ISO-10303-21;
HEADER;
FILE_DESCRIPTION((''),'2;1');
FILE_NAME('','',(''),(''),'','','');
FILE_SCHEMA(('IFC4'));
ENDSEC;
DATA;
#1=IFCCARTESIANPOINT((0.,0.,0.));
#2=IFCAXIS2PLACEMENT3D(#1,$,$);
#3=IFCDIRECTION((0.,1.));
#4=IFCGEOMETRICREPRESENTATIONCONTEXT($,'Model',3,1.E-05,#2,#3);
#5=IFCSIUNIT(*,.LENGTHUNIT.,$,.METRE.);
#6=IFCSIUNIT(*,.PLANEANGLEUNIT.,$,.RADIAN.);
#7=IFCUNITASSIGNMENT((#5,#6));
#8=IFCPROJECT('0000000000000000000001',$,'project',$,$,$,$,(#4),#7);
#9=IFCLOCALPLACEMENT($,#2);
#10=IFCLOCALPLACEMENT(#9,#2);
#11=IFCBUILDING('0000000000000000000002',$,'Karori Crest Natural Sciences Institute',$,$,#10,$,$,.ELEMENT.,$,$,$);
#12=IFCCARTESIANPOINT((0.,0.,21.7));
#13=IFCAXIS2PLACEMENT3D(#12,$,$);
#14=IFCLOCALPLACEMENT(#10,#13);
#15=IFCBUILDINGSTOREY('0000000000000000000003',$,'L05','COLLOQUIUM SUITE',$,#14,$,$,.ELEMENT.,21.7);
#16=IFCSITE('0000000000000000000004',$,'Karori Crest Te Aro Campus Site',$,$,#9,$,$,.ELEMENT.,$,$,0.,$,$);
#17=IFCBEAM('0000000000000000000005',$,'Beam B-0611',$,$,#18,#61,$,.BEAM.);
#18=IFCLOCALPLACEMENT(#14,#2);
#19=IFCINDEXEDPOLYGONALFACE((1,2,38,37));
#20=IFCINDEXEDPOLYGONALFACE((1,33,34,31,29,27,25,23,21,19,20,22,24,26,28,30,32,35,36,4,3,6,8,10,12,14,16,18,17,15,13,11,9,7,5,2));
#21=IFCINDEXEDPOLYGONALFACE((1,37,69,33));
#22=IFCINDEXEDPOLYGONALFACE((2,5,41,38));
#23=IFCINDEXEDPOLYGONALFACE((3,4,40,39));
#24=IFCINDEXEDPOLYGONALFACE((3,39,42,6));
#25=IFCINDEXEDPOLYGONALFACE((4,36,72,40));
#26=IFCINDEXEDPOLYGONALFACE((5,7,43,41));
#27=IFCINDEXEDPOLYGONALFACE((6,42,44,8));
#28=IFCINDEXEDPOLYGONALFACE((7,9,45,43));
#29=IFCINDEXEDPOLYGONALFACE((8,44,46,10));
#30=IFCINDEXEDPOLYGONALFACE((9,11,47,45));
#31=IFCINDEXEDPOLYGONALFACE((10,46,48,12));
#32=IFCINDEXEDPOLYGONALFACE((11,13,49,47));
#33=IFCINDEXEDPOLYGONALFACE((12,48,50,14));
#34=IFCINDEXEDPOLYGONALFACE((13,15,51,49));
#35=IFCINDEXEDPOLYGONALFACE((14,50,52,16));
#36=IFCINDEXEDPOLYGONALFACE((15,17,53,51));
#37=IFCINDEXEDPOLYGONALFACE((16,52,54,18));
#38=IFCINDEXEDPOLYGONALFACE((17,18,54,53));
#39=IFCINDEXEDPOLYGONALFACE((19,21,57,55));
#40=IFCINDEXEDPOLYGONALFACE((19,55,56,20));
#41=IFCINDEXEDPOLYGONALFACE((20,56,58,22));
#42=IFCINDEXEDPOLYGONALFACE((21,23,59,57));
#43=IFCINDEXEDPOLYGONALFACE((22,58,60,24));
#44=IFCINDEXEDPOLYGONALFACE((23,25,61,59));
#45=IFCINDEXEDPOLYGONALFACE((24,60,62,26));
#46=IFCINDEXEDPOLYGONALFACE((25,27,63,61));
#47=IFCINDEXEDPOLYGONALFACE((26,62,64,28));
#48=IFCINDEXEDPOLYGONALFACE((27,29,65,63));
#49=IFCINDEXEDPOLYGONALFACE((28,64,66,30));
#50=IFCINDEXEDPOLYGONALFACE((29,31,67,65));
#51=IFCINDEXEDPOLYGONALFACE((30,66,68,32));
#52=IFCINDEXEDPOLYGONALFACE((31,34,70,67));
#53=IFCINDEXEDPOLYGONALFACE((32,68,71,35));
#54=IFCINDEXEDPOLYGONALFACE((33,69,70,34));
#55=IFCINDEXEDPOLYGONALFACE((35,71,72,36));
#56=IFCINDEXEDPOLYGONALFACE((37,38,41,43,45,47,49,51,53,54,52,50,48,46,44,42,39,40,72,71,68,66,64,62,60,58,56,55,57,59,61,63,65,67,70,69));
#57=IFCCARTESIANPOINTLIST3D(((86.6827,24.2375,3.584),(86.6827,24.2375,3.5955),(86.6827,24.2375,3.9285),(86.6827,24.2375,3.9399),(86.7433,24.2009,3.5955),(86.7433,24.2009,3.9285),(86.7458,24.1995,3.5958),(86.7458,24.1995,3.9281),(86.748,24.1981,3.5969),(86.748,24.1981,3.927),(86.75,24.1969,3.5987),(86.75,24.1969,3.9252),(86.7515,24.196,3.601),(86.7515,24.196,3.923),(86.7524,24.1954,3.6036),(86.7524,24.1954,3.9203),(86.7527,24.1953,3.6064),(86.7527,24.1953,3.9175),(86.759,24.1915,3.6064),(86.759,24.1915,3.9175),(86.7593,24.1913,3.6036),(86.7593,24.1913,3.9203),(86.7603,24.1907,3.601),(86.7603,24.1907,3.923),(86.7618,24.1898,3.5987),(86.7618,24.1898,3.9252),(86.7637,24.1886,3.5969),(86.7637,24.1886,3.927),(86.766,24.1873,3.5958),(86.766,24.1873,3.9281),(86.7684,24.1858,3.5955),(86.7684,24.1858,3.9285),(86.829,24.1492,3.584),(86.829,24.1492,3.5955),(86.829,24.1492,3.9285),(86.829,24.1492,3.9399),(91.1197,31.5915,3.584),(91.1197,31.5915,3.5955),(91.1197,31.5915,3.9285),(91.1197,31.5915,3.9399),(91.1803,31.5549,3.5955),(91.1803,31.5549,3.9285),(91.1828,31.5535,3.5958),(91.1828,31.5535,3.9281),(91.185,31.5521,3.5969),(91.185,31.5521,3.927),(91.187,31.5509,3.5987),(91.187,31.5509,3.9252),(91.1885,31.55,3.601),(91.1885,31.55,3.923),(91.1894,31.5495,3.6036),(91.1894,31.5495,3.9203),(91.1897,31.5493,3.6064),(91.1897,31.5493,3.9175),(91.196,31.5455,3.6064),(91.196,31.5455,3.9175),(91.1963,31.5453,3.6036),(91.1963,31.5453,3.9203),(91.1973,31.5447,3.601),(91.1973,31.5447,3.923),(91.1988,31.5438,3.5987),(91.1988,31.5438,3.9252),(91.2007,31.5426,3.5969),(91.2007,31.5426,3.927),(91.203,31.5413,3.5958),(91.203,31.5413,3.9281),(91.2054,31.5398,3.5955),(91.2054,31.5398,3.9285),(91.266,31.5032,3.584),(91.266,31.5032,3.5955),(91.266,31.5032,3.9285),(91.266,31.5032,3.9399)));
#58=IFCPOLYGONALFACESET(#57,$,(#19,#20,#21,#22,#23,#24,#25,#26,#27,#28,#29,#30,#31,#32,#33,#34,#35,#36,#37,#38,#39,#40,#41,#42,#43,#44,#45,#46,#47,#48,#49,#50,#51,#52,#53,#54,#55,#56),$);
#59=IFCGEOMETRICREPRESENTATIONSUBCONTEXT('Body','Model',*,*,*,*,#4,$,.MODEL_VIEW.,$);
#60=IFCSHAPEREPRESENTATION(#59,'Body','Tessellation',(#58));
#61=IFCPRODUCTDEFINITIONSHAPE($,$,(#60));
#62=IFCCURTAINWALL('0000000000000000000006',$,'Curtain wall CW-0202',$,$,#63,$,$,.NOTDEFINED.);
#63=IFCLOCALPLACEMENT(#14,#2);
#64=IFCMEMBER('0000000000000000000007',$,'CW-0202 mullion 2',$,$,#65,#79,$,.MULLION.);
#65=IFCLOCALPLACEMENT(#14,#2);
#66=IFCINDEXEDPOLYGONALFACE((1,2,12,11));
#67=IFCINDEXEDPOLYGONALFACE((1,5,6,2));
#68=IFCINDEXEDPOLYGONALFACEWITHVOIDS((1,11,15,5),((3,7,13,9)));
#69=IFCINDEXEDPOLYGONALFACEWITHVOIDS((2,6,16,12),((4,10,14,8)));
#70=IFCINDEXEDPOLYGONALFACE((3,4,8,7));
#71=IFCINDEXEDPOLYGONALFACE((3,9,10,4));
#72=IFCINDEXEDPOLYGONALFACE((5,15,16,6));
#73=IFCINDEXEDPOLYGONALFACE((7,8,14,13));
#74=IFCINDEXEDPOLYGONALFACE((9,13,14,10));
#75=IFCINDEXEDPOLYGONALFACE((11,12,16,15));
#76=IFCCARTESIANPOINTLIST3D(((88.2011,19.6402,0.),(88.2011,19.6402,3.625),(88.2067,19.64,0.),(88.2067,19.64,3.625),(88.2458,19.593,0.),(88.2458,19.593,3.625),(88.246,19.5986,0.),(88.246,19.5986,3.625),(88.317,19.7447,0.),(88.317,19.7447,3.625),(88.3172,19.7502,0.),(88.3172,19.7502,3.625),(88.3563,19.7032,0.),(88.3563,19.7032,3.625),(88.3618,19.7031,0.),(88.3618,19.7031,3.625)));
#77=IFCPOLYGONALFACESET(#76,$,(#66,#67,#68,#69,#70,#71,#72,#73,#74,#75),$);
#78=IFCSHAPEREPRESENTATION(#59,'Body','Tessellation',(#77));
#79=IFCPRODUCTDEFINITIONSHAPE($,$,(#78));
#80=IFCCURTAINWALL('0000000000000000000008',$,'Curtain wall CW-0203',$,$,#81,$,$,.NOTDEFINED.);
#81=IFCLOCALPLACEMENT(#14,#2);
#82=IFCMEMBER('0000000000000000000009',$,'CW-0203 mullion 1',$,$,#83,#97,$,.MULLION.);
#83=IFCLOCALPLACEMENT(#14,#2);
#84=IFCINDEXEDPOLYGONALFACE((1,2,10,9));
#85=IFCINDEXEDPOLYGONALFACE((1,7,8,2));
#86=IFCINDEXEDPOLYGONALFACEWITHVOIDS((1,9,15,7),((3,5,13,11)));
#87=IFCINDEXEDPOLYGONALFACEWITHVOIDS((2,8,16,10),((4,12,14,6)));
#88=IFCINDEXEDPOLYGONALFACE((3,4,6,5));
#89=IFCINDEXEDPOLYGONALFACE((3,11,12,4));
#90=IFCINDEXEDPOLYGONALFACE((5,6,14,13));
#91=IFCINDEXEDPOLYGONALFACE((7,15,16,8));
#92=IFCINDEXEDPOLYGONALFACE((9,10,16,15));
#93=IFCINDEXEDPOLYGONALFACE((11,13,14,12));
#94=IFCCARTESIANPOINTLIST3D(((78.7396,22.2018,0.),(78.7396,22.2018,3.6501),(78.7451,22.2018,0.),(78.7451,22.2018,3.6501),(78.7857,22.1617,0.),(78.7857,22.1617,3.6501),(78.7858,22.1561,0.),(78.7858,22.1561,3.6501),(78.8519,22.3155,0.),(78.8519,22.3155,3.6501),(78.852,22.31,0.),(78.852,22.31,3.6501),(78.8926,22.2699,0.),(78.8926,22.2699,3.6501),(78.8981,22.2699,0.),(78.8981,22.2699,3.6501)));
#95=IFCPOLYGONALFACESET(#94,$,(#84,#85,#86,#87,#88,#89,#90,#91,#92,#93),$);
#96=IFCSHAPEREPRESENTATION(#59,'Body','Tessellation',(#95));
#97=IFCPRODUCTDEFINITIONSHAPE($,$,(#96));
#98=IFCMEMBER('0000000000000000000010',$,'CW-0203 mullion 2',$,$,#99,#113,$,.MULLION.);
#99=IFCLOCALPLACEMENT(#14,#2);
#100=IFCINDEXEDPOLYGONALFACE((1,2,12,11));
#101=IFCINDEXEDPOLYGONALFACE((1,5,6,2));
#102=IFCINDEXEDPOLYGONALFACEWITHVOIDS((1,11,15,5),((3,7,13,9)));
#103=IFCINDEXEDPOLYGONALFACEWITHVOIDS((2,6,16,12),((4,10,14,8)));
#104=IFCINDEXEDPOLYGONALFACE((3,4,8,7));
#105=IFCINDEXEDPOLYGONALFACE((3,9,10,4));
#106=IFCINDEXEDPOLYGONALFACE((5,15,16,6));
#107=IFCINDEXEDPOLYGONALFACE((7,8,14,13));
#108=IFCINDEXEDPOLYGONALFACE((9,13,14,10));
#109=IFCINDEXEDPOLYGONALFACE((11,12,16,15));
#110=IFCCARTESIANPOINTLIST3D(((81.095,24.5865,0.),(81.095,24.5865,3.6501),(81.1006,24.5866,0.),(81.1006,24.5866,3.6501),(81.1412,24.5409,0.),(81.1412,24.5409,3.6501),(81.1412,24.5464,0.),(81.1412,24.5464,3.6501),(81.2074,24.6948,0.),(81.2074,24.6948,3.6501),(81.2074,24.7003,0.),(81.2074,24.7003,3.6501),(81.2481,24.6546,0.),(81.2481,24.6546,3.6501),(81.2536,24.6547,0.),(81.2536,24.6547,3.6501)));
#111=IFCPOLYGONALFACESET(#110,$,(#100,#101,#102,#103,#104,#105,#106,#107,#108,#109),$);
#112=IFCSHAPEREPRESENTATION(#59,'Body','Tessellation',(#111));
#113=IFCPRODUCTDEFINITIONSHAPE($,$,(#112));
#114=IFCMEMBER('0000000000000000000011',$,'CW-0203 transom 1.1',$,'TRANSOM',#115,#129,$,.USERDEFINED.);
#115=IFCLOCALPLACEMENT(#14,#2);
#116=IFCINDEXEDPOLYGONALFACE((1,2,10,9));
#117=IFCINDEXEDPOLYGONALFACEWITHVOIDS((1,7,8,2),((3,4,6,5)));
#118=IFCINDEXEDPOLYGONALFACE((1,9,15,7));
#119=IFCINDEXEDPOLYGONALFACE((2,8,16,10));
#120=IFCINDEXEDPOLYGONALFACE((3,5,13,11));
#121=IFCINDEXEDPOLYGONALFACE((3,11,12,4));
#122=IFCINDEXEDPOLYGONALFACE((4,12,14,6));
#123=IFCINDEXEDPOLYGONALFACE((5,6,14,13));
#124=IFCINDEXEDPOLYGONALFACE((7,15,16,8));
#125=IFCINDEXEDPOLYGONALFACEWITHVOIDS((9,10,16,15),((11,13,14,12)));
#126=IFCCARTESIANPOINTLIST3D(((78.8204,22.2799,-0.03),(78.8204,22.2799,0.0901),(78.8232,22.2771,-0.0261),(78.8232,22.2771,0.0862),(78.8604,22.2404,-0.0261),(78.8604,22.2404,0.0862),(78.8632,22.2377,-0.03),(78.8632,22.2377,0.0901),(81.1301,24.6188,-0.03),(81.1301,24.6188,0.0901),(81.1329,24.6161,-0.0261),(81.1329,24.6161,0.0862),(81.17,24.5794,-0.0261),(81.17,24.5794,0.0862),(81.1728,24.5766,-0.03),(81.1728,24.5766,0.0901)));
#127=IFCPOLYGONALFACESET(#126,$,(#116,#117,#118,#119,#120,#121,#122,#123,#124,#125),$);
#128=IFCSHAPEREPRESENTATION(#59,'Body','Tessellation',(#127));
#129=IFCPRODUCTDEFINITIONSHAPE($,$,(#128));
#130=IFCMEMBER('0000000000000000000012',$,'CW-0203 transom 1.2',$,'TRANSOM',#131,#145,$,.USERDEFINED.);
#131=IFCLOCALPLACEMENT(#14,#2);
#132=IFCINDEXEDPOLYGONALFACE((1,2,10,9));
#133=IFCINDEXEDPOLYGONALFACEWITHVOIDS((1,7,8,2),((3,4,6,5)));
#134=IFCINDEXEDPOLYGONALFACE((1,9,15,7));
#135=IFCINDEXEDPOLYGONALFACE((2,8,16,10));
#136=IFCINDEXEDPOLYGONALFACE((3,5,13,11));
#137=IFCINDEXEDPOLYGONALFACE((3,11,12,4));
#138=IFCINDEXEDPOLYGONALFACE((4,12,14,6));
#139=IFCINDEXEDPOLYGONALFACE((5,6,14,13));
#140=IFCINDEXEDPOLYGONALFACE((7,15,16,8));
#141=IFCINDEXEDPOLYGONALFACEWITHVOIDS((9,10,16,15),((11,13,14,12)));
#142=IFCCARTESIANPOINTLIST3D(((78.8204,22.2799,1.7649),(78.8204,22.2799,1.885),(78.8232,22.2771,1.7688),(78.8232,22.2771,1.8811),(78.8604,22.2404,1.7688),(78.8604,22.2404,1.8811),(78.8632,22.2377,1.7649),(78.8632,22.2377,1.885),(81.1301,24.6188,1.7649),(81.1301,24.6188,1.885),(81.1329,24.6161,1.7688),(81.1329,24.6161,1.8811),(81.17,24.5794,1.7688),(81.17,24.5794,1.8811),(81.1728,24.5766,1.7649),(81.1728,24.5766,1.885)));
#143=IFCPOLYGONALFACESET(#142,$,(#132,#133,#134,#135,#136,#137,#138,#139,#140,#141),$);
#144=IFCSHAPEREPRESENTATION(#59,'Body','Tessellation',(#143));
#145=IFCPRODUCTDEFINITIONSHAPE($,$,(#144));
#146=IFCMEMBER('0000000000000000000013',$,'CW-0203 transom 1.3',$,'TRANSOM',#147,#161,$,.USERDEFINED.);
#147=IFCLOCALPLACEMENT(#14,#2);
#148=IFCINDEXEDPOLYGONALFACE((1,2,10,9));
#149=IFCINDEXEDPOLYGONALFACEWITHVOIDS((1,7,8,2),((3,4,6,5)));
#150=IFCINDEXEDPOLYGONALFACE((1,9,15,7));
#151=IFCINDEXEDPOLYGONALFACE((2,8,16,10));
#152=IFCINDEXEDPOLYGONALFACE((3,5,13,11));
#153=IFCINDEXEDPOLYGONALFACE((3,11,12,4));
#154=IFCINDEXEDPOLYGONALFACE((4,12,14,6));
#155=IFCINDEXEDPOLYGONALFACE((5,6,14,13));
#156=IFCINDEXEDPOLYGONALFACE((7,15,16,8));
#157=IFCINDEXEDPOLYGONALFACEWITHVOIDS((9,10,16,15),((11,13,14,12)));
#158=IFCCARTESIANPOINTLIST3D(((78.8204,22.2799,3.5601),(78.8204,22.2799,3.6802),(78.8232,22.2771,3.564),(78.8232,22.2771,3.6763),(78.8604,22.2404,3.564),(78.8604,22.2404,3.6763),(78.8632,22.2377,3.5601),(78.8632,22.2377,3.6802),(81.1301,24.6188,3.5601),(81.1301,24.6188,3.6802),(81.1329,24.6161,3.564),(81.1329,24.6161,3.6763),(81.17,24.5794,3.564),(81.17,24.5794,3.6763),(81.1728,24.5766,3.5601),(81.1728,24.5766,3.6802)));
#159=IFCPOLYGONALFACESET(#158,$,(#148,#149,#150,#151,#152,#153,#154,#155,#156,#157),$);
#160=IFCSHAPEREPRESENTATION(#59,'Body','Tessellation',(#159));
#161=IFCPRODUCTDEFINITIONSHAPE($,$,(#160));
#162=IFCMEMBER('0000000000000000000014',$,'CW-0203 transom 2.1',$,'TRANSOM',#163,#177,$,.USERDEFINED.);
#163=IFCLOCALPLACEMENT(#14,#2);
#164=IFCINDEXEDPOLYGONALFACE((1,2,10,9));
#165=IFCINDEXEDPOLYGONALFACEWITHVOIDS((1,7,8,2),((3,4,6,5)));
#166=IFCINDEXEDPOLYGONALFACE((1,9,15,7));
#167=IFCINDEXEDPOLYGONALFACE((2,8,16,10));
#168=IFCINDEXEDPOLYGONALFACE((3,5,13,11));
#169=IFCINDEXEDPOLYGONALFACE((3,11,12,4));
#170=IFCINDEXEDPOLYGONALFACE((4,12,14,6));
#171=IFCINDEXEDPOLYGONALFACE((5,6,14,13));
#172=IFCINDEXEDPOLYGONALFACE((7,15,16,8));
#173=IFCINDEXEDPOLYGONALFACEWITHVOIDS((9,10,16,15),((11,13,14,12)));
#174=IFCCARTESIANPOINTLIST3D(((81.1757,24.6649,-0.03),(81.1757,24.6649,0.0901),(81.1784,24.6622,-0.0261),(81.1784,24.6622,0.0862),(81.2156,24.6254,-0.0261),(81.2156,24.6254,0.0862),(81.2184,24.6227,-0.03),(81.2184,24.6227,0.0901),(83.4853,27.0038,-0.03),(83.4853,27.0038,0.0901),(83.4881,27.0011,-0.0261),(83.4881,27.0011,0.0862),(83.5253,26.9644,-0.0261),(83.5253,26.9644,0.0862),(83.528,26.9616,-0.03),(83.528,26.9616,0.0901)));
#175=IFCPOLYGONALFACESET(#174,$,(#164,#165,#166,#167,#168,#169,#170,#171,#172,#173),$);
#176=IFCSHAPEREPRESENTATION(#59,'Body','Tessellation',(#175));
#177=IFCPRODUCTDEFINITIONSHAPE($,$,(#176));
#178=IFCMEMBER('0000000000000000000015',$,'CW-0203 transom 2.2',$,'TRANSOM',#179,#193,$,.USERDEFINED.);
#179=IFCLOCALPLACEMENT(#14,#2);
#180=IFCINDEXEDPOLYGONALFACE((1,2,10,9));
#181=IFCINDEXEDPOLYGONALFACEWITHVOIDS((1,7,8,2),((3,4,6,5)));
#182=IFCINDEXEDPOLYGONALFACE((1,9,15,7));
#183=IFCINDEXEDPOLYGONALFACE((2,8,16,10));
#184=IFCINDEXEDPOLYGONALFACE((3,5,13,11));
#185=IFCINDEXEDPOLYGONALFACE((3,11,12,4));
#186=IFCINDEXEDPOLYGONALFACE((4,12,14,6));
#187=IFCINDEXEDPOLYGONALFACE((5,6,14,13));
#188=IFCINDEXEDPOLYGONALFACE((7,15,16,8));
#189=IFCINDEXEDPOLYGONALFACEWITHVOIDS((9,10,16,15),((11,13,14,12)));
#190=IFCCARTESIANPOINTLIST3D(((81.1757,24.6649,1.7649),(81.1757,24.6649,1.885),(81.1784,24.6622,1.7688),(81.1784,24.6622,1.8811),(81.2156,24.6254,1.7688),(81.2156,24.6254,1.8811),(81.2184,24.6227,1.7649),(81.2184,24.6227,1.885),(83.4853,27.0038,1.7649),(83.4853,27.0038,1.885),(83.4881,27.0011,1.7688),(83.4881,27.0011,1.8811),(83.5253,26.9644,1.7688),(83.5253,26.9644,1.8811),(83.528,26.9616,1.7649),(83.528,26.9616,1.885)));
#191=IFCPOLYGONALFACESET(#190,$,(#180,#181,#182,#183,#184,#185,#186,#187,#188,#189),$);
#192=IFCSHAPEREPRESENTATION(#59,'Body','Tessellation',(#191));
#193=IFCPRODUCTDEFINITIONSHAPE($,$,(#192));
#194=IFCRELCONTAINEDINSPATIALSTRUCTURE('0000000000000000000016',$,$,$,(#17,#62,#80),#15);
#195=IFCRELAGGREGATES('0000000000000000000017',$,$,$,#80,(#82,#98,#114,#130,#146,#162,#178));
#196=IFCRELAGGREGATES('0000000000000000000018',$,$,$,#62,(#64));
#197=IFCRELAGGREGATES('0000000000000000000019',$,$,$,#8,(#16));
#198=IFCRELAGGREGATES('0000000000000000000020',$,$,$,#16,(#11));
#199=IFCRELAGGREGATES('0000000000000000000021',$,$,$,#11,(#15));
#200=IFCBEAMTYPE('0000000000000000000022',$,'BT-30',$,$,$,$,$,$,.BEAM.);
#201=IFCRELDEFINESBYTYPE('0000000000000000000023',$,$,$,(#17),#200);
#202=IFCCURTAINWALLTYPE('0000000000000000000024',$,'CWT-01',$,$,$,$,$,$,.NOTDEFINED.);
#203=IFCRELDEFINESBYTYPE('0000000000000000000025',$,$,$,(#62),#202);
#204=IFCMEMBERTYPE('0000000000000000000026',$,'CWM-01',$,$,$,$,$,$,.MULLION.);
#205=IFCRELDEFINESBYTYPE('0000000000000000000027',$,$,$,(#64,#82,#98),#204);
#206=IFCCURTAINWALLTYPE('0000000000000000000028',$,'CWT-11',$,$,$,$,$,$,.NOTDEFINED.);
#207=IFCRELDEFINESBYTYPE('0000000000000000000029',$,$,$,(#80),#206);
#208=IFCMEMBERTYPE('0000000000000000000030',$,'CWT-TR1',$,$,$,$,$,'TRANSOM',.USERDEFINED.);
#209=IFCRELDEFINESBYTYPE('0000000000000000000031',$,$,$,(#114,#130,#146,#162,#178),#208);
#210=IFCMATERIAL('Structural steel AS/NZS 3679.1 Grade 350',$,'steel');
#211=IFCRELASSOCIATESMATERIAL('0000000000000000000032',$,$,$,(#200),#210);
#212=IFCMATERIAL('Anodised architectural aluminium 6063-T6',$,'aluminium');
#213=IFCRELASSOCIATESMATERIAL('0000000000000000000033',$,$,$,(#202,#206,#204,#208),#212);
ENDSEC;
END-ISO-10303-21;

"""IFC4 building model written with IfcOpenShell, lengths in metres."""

from ifc_helpers import new_model, si_unit, direction, frame, origin, origin_2d, place, context, subcontext, project, spatial, hollow_rectangle, i_section, extrude, material, material_profile, profile_set, type_object, element, aggregate, save


model = new_model("IFC4")

# Units and contexts
model_context = context("Model", 3, precision=1e-05, world=origin(), true_north=direction((0.0, 1.0)))
body_context = subcontext(model_context, "Body", "Model", "MODEL_VIEW")
ifc_project = project(units=[si_unit("LENGTHUNIT", "METRE"), si_unit("PLANEANGLEUNIT", "RADIAN")], contexts=[model_context])

# Site, building, storey
site_placement = place(None, origin())
site = spatial("IfcSite", under=ifc_project, at=site_placement, Name="Karori Crest Te Aro Campus Site", CompositionType="ELEMENT", RefElevation=0.0)
building_placement = place(site_placement, origin())
building = spatial("IfcBuilding", under=site, at=building_placement, Name="Karori Crest Natural Sciences Institute", CompositionType="ELEMENT")
storey_placement = place(building_placement, frame((0.0, 0.0, 21.7)))
storey = spatial("IfcBuildingStorey", under=building, at=storey_placement, Name="L05", Description="COLLOQUIUM SUITE", CompositionType="ELEMENT", Elevation=21.7)

# Beam
ifc_material_1 = material(Name="Structural steel AS/NZS 3679.1 Grade 350", Category="steel")
ifc_material_profile_1 = material_profile(ifc_material_1, i_section(OverallWidth=0.1709, OverallDepth=0.356, WebThickness=0.0073, FlangeThickness=0.0115, FilletRadius=0.011, at=origin_2d()), Name="360UB50.7")
ifc_profile_set_1 = profile_set([ifc_material_profile_1], Name="Structural steel AS/NZS 3679.1 Grade 350")
beam_type_1 = type_object("IfcBeamType", Name="BT-30", PredefinedType="BEAM", material=ifc_profile_set_1)
beam_1_placement = place(storey_placement, frame((86.7559, 24.1934, 3.762), z_axis=(0.516601, 0.856226, 0.0), x_axis=(-0.856226, 0.516601, 0.0)))
element("IfcBeam", 1, at=beam_1_placement, inside=storey, type_object=beam_type_1, Name="Beam B-0611", PredefinedType="BEAM", context=body_context, shape_type="SweptSolid", body=[
    extrude(i_section(OverallWidth=0.1709, OverallDepth=0.356, WebThickness=0.0073, FlangeThickness=0.0115, FilletRadius=0.011, at=origin_2d()), origin(), (0.0, 0.0, 1.0), 8.5889),
])

# Curtain wall, member
ifc_material_2 = material(Name="Anodised architectural aluminium 6063-T6", Category="aluminium")
curtain_wall_type_1 = type_object("IfcCurtainWallType", Name="CWT-01", PredefinedType="NOTDEFINED", material=ifc_material_2)
curtain_wall_1_placement = place(storey_placement, origin())
curtain_wall_1 = element("IfcCurtainWall", 2, at=curtain_wall_1_placement, inside=storey, type_object=curtain_wall_type_1, Name="Curtain wall CW-0202", PredefinedType="NOTDEFINED")
ifc_material_profile_2 = material_profile(ifc_material_2, hollow_rectangle(XDim=0.0649, YDim=0.1599, WallThickness=0.0039, at=origin_2d()), Name="CWM160x65x4")
ifc_profile_set_2 = profile_set([ifc_material_profile_2], Name="Anodised architectural aluminium 6063-T6")
member_type_1 = type_object("IfcMemberType", Name="CWM-01", PredefinedType="MULLION", material=ifc_profile_set_2)
member_1_placement = place(storey_placement, frame((88.2815, 19.6716, 0.0), z_axis=(0.0, 0.0, 1.0), x_axis=(0.688251, -0.725473, 0.0)))
member_1 = element("IfcMember", 3, at=member_1_placement, type_object=member_type_1, Name="CW-0202 mullion 2", PredefinedType="MULLION", context=body_context, shape_type="SweptSolid", body=[
    extrude(hollow_rectangle(XDim=0.0649, YDim=0.1599, WallThickness=0.0039, at=origin_2d()), origin(), (0.0, 0.0, 1.0), 3.625),
])

# Curtain wall, members
curtain_wall_type_2 = type_object("IfcCurtainWallType", Name="CWT-11", PredefinedType="NOTDEFINED", material=ifc_material_2)
curtain_wall_2_placement = place(storey_placement, origin())
curtain_wall_2 = element("IfcCurtainWall", 4, at=curtain_wall_2_placement, inside=storey, type_object=curtain_wall_type_2, Name="Curtain wall CW-0203", PredefinedType="NOTDEFINED")
member_2_placement = place(storey_placement, frame((78.8188, 22.2358, 0.0), z_axis=(0.0, 0.0, 1.0), x_axis=(-0.711525, 0.702661, 0.0)))
member_2 = element("IfcMember", 5, at=member_2_placement, type_object=member_type_1, Name="CW-0203 mullion 1", PredefinedType="MULLION", context=body_context, shape_type="SweptSolid", body=[
    extrude(hollow_rectangle(XDim=0.0649, YDim=0.1599, WallThickness=0.0039, at=origin_2d()), origin(), (0.0, 0.0, 1.0), 3.6501),
])
member_3_placement = place(storey_placement, frame((81.1743, 24.6206, 0.0), z_axis=(0.0, 0.0, 1.0), x_axis=(-0.711525, 0.702661, 0.0)))
member_3 = element("IfcMember", 6, at=member_3_placement, type_object=member_type_1, Name="CW-0203 mullion 2", PredefinedType="MULLION", context=body_context, shape_type="SweptSolid", body=[
    extrude(hollow_rectangle(XDim=0.0649, YDim=0.1599, WallThickness=0.0039, at=origin_2d()), origin(), (0.0, 0.0, 1.0), 3.6501),
])
ifc_material_profile_3 = material_profile(ifc_material_2, hollow_rectangle(XDim=0.0601, YDim=0.1201, WallThickness=0.0039, at=origin_2d()), Name="CWT120x60x4")
ifc_profile_set_3 = profile_set([ifc_material_profile_3], Name="Anodised architectural aluminium 6063-T6")
member_type_2 = type_object("IfcMemberType", Name="CWT-TR1", ElementType="TRANSOM", PredefinedType="USERDEFINED", material=ifc_profile_set_3)
member_4_placement = place(storey_placement, frame((78.8418, 22.2588, 0.03), z_axis=(0.702636, 0.711549, 0.0), x_axis=(-0.711549, 0.702636, 0.0)))
member_4 = element("IfcMember", 7, at=member_4_placement, type_object=member_type_2, Name="CW-0203 transom 1.1", ObjectType="TRANSOM", PredefinedType="USERDEFINED", context=body_context, shape_type="SweptSolid", body=[
    extrude(hollow_rectangle(XDim=0.0601, YDim=0.1201, WallThickness=0.0039, at=origin_2d()), origin(), (0.0, 0.0, 1.0), 3.2871),
])
member_5_placement = place(storey_placement, frame((78.8418, 22.2588, 1.825), z_axis=(0.702636, 0.711549, 0.0), x_axis=(-0.711549, 0.702636, 0.0)))
member_5 = element("IfcMember", 8, at=member_5_placement, type_object=member_type_2, Name="CW-0203 transom 1.2", ObjectType="TRANSOM", PredefinedType="USERDEFINED", context=body_context, shape_type="SweptSolid", body=[
    extrude(hollow_rectangle(XDim=0.0601, YDim=0.1201, WallThickness=0.0039, at=origin_2d()), origin(), (0.0, 0.0, 1.0), 3.2871),
])
member_6_placement = place(storey_placement, frame((78.8418, 22.2588, 3.6201), z_axis=(0.702636, 0.711549, 0.0), x_axis=(-0.711549, 0.702636, 0.0)))
member_6 = element("IfcMember", 9, at=member_6_placement, type_object=member_type_2, Name="CW-0203 transom 1.3", ObjectType="TRANSOM", PredefinedType="USERDEFINED", context=body_context, shape_type="SweptSolid", body=[
    extrude(hollow_rectangle(XDim=0.0601, YDim=0.1201, WallThickness=0.0039, at=origin_2d()), origin(), (0.0, 0.0, 1.0), 3.2871),
])
member_7_placement = place(storey_placement, frame((81.197, 24.6438, 0.03), z_axis=(0.702636, 0.711549, 0.0), x_axis=(-0.711549, 0.702636, 0.0)))
member_7 = element("IfcMember", 10, at=member_7_placement, type_object=member_type_2, Name="CW-0203 transom 2.1", ObjectType="TRANSOM", PredefinedType="USERDEFINED", context=body_context, shape_type="SweptSolid", body=[
    extrude(hollow_rectangle(XDim=0.0601, YDim=0.1201, WallThickness=0.0039, at=origin_2d()), origin(), (0.0, 0.0, 1.0), 3.2871),
])
member_8_placement = place(storey_placement, frame((81.197, 24.6438, 1.825), z_axis=(0.702636, 0.711549, 0.0), x_axis=(-0.711549, 0.702636, 0.0)))
member_8 = element("IfcMember", 11, at=member_8_placement, type_object=member_type_2, Name="CW-0203 transom 2.2", ObjectType="TRANSOM", PredefinedType="USERDEFINED", context=body_context, shape_type="SweptSolid", body=[
    extrude(hollow_rectangle(XDim=0.0601, YDim=0.1201, WallThickness=0.0039, at=origin_2d()), origin(), (0.0, 0.0, 1.0), 3.2871),
])

aggregate(curtain_wall_2, [member_2, member_3, member_4, member_5, member_6, member_7, member_8])
aggregate(curtain_wall_1, [member_1])

save(model, "model.ifc")
